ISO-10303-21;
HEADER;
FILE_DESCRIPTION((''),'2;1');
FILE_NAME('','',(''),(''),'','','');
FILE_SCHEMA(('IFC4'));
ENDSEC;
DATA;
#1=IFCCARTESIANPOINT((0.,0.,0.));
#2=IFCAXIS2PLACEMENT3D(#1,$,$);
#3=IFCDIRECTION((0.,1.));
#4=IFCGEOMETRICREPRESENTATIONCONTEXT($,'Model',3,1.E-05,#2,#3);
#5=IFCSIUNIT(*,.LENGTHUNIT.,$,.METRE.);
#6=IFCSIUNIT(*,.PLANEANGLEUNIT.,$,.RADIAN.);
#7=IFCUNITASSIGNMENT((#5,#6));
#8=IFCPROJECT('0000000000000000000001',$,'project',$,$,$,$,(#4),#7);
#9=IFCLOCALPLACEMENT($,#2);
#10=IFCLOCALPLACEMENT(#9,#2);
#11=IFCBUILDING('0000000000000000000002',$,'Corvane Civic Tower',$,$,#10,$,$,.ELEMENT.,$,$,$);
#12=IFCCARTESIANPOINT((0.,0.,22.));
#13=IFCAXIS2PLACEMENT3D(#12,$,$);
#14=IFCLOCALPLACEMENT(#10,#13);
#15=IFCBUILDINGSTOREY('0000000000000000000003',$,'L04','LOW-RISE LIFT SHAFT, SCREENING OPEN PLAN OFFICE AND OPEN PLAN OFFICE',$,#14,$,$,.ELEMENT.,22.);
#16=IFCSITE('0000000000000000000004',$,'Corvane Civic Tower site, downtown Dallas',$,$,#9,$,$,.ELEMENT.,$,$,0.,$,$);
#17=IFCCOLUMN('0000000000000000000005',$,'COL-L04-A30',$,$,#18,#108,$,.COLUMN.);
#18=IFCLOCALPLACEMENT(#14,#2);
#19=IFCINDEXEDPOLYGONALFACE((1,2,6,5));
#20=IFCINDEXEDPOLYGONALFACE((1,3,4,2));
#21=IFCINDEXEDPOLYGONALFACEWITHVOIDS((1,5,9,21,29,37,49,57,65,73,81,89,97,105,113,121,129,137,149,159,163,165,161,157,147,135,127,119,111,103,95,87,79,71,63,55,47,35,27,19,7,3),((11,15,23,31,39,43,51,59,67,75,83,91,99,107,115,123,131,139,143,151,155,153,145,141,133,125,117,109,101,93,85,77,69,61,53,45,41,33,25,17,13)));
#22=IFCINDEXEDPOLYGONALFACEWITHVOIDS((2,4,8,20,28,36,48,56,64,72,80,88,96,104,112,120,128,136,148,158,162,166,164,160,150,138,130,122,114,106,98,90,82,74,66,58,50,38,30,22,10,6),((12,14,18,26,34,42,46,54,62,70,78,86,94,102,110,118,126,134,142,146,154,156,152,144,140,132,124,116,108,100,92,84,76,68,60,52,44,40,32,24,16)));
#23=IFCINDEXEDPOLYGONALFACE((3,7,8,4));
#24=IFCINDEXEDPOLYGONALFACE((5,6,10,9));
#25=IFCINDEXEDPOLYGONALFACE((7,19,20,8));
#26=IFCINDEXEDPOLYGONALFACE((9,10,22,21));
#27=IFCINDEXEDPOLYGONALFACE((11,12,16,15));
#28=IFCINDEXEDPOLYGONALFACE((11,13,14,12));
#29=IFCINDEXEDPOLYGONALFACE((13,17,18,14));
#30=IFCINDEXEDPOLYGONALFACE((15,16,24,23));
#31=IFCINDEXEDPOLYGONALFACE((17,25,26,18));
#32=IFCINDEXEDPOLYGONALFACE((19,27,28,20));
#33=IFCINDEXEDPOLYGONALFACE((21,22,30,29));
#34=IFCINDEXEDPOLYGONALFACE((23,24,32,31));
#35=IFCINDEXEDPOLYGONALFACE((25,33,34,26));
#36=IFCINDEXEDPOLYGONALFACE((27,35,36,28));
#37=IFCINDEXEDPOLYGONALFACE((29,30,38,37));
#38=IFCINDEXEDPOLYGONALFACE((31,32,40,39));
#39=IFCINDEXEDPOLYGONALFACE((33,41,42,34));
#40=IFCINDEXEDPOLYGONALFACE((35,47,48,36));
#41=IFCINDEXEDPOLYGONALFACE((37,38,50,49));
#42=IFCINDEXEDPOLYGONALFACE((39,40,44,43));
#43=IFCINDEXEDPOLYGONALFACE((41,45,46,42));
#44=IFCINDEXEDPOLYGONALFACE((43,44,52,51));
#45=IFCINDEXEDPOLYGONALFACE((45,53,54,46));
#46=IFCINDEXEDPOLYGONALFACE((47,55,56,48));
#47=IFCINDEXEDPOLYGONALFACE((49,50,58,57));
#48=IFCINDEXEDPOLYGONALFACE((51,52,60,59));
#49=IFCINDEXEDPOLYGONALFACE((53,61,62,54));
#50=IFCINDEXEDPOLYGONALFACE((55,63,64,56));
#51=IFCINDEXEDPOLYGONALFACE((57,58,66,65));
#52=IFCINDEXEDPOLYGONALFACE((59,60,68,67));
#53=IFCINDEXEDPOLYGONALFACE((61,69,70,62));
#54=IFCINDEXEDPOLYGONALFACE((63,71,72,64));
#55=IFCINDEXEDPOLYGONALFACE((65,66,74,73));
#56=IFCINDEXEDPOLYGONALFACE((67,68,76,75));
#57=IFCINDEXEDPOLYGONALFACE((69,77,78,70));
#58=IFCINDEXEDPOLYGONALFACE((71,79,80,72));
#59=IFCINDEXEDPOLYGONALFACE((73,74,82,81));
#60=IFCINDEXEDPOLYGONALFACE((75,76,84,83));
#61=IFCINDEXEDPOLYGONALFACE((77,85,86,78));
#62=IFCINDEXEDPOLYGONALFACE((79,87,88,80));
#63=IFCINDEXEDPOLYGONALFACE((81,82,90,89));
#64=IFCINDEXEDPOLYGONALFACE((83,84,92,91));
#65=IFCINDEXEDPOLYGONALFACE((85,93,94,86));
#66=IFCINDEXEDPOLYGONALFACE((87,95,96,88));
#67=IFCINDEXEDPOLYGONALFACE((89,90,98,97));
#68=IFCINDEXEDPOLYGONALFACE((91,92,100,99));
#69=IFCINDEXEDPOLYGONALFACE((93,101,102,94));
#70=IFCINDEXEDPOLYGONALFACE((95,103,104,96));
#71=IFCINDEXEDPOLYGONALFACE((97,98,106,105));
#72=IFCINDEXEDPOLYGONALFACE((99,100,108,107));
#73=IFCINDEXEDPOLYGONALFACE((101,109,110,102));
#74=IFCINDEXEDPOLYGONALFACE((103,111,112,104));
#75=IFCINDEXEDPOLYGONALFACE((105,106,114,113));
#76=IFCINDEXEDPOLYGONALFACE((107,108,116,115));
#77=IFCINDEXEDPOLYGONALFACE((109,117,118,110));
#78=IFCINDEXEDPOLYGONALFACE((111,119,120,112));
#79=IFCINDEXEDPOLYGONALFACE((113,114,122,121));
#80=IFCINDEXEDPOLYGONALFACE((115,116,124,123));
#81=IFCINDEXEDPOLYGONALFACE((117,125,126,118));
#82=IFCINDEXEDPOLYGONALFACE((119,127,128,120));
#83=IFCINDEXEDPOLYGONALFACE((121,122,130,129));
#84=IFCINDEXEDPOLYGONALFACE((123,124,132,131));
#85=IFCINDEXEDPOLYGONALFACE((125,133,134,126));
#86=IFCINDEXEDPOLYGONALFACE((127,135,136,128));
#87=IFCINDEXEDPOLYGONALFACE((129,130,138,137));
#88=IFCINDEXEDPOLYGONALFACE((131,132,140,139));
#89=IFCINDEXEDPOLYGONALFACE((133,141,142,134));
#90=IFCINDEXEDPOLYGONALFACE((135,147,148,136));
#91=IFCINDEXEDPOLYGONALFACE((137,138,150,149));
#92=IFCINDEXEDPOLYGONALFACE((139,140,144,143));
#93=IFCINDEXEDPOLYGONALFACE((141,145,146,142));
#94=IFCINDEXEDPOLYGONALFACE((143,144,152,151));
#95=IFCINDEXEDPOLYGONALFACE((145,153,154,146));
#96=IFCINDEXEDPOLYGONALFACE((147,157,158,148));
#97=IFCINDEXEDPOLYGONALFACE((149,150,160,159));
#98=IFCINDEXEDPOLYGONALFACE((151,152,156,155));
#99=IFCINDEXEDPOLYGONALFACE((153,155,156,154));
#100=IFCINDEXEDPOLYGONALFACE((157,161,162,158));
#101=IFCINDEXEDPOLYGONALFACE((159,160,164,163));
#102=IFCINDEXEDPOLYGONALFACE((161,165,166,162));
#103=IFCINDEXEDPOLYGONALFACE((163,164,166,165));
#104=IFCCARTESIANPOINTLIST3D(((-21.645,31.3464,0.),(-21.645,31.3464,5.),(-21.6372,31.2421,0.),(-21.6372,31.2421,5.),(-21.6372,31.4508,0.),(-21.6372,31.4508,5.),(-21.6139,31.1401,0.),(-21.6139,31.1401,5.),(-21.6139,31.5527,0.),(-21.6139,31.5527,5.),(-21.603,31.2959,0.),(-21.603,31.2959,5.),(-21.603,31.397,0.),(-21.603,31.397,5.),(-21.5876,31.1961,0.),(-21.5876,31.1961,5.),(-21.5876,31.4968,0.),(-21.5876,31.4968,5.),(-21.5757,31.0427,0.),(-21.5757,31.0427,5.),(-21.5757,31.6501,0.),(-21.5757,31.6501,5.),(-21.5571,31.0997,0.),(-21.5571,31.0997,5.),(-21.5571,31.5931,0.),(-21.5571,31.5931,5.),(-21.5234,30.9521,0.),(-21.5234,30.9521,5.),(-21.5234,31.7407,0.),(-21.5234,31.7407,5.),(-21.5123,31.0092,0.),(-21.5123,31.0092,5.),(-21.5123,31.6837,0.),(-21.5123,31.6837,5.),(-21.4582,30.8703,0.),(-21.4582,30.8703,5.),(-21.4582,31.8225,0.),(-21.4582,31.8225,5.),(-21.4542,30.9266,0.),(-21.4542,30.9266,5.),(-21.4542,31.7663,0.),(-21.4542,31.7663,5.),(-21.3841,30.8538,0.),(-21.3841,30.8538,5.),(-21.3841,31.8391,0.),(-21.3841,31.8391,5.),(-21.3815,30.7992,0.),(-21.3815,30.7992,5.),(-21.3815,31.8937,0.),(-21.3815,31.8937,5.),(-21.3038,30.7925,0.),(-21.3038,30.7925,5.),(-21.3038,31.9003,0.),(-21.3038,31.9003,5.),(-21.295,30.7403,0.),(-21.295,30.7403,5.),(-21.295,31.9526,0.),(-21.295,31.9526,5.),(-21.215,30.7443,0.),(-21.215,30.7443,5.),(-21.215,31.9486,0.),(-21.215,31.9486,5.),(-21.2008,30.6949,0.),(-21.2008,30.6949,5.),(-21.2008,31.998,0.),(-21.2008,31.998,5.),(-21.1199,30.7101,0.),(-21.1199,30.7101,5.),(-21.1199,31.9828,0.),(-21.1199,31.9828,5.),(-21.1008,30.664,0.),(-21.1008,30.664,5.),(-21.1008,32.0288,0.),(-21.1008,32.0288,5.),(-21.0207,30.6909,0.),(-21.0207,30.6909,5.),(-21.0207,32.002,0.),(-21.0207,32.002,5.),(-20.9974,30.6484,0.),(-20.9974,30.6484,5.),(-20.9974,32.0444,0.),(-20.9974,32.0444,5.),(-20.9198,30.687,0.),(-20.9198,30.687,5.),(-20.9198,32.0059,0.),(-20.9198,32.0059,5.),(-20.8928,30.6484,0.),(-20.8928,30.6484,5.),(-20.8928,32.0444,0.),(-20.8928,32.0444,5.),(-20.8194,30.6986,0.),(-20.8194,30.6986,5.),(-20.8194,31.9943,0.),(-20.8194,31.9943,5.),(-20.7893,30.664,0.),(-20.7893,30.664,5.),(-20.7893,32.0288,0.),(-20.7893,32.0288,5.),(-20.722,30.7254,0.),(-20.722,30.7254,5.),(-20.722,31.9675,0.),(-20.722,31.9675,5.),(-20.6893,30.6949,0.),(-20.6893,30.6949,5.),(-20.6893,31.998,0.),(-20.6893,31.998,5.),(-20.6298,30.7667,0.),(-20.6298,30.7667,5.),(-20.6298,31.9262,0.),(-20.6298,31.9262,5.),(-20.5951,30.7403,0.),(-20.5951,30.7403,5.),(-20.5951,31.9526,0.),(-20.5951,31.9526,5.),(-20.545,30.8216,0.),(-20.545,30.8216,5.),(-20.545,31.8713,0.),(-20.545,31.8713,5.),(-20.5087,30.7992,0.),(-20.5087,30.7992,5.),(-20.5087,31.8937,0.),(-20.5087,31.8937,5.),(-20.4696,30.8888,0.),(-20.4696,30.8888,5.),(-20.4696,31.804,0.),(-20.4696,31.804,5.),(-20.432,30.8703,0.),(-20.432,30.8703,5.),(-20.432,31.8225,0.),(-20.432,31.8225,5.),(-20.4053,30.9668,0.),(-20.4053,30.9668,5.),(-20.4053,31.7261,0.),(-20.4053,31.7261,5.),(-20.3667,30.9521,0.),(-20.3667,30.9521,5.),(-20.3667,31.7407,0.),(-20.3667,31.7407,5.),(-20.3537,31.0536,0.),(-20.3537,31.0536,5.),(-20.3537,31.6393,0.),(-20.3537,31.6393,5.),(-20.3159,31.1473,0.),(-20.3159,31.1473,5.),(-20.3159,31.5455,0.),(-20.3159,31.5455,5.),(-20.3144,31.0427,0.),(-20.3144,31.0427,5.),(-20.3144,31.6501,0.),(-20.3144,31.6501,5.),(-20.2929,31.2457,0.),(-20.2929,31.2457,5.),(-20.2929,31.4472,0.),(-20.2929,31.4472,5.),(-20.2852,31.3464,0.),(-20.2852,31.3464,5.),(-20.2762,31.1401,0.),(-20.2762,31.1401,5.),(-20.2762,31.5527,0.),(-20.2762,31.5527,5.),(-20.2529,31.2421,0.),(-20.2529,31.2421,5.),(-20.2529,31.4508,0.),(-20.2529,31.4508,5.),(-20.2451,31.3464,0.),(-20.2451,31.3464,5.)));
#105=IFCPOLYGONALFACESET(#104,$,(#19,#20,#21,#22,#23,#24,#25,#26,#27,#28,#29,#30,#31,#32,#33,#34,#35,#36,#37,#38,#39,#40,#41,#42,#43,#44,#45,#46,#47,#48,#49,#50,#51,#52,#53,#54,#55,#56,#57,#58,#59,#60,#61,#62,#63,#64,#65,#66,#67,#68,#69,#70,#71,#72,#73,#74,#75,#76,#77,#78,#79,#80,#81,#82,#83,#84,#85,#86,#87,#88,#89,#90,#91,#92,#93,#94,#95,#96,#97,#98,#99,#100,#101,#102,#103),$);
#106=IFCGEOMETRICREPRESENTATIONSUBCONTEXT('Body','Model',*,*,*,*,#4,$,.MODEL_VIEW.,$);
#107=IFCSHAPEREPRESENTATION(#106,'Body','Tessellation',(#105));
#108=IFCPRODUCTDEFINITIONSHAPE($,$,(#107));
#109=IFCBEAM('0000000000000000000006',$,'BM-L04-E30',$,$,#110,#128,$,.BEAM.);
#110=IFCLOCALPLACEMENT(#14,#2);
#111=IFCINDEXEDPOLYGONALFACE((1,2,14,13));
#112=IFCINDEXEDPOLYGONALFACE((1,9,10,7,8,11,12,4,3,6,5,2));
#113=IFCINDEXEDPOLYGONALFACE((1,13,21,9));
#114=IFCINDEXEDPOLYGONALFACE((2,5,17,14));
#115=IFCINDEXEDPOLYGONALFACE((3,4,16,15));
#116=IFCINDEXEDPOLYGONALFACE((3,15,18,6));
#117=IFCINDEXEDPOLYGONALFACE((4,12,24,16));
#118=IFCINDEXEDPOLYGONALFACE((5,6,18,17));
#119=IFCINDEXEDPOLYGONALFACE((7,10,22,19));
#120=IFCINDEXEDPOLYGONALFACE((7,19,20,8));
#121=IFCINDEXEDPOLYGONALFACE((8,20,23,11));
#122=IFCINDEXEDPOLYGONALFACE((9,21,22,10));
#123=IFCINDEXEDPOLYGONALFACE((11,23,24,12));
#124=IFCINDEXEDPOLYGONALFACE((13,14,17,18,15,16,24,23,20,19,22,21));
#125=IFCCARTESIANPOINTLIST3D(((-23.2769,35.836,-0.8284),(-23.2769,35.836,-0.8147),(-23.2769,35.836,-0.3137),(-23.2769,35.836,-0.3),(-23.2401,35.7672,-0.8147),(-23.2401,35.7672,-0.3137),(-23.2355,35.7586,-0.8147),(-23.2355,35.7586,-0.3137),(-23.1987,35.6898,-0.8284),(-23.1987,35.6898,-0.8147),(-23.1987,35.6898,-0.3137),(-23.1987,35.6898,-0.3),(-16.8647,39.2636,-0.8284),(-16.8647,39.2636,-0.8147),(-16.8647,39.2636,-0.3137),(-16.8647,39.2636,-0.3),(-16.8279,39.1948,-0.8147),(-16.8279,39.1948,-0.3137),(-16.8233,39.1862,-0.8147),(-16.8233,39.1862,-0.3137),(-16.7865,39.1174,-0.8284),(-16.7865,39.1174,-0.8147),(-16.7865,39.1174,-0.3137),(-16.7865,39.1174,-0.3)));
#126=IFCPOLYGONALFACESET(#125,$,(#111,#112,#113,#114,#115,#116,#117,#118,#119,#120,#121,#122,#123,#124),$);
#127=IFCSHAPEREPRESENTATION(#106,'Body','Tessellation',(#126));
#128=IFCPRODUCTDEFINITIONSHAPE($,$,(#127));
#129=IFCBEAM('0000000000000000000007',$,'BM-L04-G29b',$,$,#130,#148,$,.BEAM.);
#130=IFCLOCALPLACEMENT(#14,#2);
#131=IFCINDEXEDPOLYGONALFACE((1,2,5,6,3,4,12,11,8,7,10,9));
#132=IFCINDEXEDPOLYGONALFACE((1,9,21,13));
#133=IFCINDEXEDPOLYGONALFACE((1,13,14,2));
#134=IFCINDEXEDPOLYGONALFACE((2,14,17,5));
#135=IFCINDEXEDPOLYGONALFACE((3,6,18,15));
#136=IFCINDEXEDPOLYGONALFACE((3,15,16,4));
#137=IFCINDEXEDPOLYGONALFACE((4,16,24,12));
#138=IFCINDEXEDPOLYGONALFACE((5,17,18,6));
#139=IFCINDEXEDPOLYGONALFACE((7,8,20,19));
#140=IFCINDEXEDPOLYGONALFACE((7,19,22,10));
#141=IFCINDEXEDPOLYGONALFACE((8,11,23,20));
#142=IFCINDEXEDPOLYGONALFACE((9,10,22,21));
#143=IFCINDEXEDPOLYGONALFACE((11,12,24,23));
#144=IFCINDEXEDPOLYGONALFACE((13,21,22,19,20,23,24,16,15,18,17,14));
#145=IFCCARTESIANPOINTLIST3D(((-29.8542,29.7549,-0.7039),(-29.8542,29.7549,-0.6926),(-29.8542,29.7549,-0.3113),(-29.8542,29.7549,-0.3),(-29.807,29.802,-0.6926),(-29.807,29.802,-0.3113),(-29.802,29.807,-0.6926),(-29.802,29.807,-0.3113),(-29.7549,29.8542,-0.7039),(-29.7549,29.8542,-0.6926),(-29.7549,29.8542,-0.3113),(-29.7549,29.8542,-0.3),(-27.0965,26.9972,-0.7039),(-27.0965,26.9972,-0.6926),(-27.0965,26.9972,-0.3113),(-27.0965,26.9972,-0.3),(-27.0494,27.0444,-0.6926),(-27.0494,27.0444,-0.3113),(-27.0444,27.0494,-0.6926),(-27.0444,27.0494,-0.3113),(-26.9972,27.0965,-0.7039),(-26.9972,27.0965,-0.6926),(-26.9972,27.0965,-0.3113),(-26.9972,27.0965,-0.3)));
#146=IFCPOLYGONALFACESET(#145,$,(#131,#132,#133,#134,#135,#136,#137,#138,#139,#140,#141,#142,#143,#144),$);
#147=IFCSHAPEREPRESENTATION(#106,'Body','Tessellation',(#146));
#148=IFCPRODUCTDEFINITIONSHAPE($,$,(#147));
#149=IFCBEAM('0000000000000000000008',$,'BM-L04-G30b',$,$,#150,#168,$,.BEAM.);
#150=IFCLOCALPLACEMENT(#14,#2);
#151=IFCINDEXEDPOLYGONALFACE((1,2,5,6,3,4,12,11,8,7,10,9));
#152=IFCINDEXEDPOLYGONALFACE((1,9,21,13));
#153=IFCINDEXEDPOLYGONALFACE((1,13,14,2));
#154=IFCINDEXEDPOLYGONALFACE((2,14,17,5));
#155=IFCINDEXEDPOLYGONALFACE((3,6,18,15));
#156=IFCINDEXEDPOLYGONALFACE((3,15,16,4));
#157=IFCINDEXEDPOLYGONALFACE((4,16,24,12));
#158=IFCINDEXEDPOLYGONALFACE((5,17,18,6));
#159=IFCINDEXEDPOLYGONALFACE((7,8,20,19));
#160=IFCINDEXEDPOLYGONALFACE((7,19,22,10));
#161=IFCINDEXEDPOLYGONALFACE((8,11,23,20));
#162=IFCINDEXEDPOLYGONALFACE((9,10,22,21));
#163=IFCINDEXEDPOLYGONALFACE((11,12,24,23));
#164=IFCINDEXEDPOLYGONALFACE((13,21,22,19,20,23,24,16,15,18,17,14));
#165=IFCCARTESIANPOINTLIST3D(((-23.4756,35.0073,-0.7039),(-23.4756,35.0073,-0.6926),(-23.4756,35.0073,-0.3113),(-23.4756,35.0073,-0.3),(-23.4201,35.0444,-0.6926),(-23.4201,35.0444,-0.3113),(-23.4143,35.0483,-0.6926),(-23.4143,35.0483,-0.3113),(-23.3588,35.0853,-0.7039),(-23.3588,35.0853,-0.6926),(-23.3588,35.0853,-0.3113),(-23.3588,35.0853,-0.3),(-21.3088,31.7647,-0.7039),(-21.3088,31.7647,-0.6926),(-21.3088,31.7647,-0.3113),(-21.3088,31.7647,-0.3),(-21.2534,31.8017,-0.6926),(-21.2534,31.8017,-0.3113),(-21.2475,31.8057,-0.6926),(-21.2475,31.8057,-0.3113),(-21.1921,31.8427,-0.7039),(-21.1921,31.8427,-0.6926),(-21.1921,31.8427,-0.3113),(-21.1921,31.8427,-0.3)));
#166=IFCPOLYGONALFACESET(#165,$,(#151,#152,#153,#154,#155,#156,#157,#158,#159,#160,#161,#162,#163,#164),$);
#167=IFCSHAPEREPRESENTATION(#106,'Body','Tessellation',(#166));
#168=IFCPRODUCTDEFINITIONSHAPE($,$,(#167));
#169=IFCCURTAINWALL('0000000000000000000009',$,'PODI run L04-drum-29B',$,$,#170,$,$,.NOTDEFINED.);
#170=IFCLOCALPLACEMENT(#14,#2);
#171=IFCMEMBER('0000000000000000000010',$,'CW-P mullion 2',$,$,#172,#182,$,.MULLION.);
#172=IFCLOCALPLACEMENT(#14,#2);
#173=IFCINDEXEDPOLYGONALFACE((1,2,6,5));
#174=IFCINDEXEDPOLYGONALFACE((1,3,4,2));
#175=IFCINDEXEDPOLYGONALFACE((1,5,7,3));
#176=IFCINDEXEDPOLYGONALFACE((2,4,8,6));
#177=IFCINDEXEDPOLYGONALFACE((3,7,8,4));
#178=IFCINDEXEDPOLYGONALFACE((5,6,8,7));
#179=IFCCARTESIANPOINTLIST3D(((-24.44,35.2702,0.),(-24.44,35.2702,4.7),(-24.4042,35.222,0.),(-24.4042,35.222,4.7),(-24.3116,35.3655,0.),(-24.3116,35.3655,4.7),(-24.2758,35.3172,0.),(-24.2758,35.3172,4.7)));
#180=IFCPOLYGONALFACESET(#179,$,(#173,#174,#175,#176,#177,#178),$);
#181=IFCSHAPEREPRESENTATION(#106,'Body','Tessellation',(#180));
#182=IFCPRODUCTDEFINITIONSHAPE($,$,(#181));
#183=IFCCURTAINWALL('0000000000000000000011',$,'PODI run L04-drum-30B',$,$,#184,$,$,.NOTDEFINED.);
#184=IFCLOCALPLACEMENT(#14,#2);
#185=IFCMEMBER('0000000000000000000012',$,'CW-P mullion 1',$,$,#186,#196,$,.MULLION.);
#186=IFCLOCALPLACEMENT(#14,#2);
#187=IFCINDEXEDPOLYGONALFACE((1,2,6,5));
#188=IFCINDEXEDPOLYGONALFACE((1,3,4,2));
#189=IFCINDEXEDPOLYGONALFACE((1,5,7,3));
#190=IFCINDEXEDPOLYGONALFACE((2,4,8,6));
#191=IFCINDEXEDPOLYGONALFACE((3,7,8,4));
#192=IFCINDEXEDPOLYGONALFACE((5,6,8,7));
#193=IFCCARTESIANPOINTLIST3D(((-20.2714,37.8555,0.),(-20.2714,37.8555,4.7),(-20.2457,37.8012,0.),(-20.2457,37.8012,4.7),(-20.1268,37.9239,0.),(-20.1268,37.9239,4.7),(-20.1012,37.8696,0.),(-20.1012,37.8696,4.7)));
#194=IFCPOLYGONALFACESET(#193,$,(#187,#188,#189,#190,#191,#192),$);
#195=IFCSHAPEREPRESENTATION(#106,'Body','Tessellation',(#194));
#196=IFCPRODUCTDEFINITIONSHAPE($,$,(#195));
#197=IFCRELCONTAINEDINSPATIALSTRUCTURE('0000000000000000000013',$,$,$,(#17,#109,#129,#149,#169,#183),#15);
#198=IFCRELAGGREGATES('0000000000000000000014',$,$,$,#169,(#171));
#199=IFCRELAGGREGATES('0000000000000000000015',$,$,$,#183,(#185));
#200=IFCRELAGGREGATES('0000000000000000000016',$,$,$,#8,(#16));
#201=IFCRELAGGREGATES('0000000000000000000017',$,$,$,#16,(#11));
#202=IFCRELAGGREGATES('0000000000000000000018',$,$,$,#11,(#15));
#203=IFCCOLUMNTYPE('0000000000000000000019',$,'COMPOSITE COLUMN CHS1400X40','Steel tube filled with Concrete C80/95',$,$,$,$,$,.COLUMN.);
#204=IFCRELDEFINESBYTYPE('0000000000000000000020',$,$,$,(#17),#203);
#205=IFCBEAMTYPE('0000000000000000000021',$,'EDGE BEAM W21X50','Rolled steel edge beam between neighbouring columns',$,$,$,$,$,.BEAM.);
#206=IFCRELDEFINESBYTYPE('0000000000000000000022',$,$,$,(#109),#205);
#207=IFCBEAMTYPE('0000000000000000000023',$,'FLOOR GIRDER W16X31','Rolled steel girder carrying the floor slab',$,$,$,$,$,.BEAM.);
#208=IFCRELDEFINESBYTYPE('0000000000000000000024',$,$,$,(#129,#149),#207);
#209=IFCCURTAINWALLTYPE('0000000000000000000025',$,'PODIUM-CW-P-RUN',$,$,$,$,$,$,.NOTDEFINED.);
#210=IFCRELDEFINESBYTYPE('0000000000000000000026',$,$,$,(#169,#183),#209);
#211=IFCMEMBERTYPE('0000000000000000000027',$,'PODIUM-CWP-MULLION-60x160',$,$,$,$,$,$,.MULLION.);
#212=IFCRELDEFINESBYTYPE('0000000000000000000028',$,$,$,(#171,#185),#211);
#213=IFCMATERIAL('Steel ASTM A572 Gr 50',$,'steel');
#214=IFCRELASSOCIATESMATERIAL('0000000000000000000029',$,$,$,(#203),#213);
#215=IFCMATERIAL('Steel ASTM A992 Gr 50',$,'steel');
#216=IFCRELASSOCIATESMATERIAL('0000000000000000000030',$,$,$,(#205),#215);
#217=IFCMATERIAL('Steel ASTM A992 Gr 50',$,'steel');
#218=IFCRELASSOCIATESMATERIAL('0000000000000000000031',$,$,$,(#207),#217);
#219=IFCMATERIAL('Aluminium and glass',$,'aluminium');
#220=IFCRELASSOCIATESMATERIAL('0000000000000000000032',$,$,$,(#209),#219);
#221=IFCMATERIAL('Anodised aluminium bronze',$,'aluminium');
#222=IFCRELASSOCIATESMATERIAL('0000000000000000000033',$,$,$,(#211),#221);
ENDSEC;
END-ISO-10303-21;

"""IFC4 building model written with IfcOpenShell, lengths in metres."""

from ifc_helpers import new_model, si_unit, direction, frame, origin, origin_2d, place, context, subcontext, project, spatial, rectangle, hollow_circle, i_section, extrude, material, material_profile, profile_set, type_object, element, aggregate, save


model = new_model("IFC4")

# Units and contexts
model_context = context("Model", 3, precision=1e-05, world=origin(), true_north=direction((0.0, 1.0)))
body_context = subcontext(model_context, "Body", "Model", "MODEL_VIEW")
ifc_project = project(units=[si_unit("LENGTHUNIT", "METRE"), si_unit("PLANEANGLEUNIT", "RADIAN")], contexts=[model_context])

# Site, building, storey
site_placement = place(None, origin())
site = spatial("IfcSite", under=ifc_project, at=site_placement, Name="Corvane Civic Tower site, downtown Dallas", CompositionType="ELEMENT", RefElevation=0.0)
building_placement = place(site_placement, origin())
building = spatial("IfcBuilding", under=site, at=building_placement, Name="Corvane Civic Tower", CompositionType="ELEMENT")
storey_placement = place(building_placement, frame((0.0, 0.0, 22.0)))
storey = spatial("IfcBuildingStorey", under=building, at=storey_placement, Name="L04", Description="LOW-RISE LIFT SHAFT, SCREENING OPEN PLAN OFFICE AND OPEN PLAN OFFICE", CompositionType="ELEMENT", Elevation=22.0)

# Column
ifc_material_1 = material(Name="Steel ASTM A572 Gr 50", Category="steel")
ifc_material_profile_1 = material_profile(ifc_material_1, hollow_circle(Radius=0.7, WallThickness=0.04, at=origin_2d()), Name="CHS1400X40")
ifc_profile_set_1 = profile_set([ifc_material_profile_1], Name="Steel ASTM A572 Gr 50")
column_type_1 = type_object("IfcColumnType", Name="COMPOSITE COLUMN CHS1400X40", Description="Steel tube filled with Concrete C80/95", PredefinedType="COLUMN", material=ifc_profile_set_1)
for number, where, z_axis, x_axis, name in (
    (1, (-20.9451, 31.3464, 0.0), (0.0, 0.0, 1.0), (1.0, 0.0, 0.0), "COL-L04-A30"),
):
    element("IfcColumn", number, at=place(storey_placement, frame(where, z_axis=z_axis, x_axis=x_axis)), inside=storey, type_object=column_type_1, Name=name, PredefinedType="COLUMN", context=body_context, shape_type="SweptSolid", body=[
        extrude(hollow_circle(Radius=0.7, WallThickness=0.04, at=origin_2d()), origin(), (0.0, 0.0, 1.0), 5.0),
    ])

# Beams
ifc_material_2 = material(Name="Steel ASTM A992 Gr 50", Category="steel")
ifc_material_profile_2 = material_profile(ifc_material_2, i_section(OverallWidth=0.1658, OverallDepth=0.5283, WebThickness=0.0098, FlangeThickness=0.0137, at=origin_2d()), Name="W21X50")
ifc_profile_set_2 = profile_set([ifc_material_profile_2], Name="Steel ASTM A992 Gr 50")
beam_type_1 = type_object("IfcBeamType", Name="EDGE BEAM W21X50", Description="Rolled steel edge beam between neighbouring columns", PredefinedType="BEAM", material=ifc_profile_set_2)
beam_placement = place(storey_placement, frame((-23.2378, 35.7629, -0.5642), z_axis=(0.881913, 0.471412, 0.0), x_axis=(-0.471412, 0.881913, 0.0)))
element("IfcBeam", 2, at=beam_placement, inside=storey, type_object=beam_type_1, Name="BM-L04-E30", PredefinedType="BEAM", context=body_context, shape_type="SweptSolid", body=[
    extrude(i_section(OverallWidth=0.1658, OverallDepth=0.5283, WebThickness=0.0098, FlangeThickness=0.0137, at=origin_2d()), origin(), (0.0, 0.0, 1.0), 7.2708),
])
ifc_material_3 = material(Name="Steel ASTM A992 Gr 50", Category="steel")
ifc_material_profile_3 = material_profile(ifc_material_3, i_section(OverallWidth=0.1404, OverallDepth=0.4038, WebThickness=0.0071, FlangeThickness=0.0112, at=origin_2d()), Name="W16X31")
ifc_profile_set_3 = profile_set([ifc_material_profile_3], Name="Steel ASTM A992 Gr 50")
beam_type_2 = type_object("IfcBeamType", Name="FLOOR GIRDER W16X31", Description="Rolled steel girder carrying the floor slab", PredefinedType="BEAM", material=ifc_profile_set_3)
for number, where, z_axis, x_axis, name in (
    (3, (-27.0469, 27.0469, -0.502), (-0.707107, 0.707107, 0.0), (-0.707107, -0.707107, 0.0), "BM-L04-G29b"),
    (4, (-21.2505, 31.8037, -0.502), (-0.555581, 0.831462, 0.0), (-0.831462, -0.555581, 0.0), "BM-L04-G30b"),
):
    element("IfcBeam", number, at=place(storey_placement, frame(where, z_axis=z_axis, x_axis=x_axis)), inside=storey, type_object=beam_type_2, Name=name, PredefinedType="BEAM", context=body_context, shape_type="SweptSolid", body=[
        extrude(i_section(OverallWidth=0.1404, OverallDepth=0.4038, WebThickness=0.0071, FlangeThickness=0.0112, at=origin_2d()), origin(), (0.0, 0.0, 1.0), 3.8999),
    ])

# Curtain wall, member
ifc_material_4 = material(Name="Aluminium and glass", Category="aluminium")
curtain_wall_type = type_object("IfcCurtainWallType", Name="PODIUM-CW-P-RUN", PredefinedType="NOTDEFINED", material=ifc_material_4)
curtain_wall_1_placement = place(storey_placement, origin())
curtain_wall_1 = element("IfcCurtainWall", 5, at=curtain_wall_1_placement, inside=storey, type_object=curtain_wall_type, Name="PODI run L04-drum-29B", PredefinedType="NOTDEFINED")
ifc_material_5 = material(Name="Anodised aluminium bronze", Category="aluminium")
ifc_material_profile_4 = material_profile(ifc_material_5, rectangle(XDim=0.0601, YDim=0.1599, at=origin_2d()), Name="AL 60x160")
ifc_profile_set_4 = profile_set([ifc_material_profile_4], Name="Anodised aluminium bronze")
member_type_1 = type_object("IfcMemberType", Name="PODIUM-CWP-MULLION-60x160", PredefinedType="MULLION", material=ifc_profile_set_4)
member_1_placement = place(storey_placement, frame((-24.3579, 35.2937, 0.0), z_axis=(0.0, 0.0, 1.0), x_axis=(-0.595705, 0.803203, 0.0)))
member_1 = element("IfcMember", 6, at=member_1_placement, type_object=member_type_1, Name="CW-P mullion 2", PredefinedType="MULLION", context=body_context, shape_type="SweptSolid", body=[
    extrude(rectangle(XDim=0.0601, YDim=0.1599, at=origin_2d()), origin(), (0.0, 0.0, 1.0), 4.7),
])

# Curtain wall, member
curtain_wall_2_placement = place(storey_placement, origin())
curtain_wall_2 = element("IfcCurtainWall", 7, at=curtain_wall_2_placement, inside=storey, type_object=curtain_wall_type, Name="PODI run L04-drum-30B", PredefinedType="NOTDEFINED")
member_2_placement = place(storey_placement, frame((-20.1863, 37.8625, 0.0), z_axis=(0.0, 0.0, 1.0), x_axis=(-0.427553, 0.90399, 0.0)))
member_2 = element("IfcMember", 8, at=member_2_placement, type_object=member_type_1, Name="CW-P mullion 1", PredefinedType="MULLION", context=body_context, shape_type="SweptSolid", body=[
    extrude(rectangle(XDim=0.0601, YDim=0.1599, at=origin_2d()), origin(), (0.0, 0.0, 1.0), 4.7),
])

aggregate(curtain_wall_1, [member_1])
aggregate(curtain_wall_2, [member_2])

save(model, "model.ifc")
